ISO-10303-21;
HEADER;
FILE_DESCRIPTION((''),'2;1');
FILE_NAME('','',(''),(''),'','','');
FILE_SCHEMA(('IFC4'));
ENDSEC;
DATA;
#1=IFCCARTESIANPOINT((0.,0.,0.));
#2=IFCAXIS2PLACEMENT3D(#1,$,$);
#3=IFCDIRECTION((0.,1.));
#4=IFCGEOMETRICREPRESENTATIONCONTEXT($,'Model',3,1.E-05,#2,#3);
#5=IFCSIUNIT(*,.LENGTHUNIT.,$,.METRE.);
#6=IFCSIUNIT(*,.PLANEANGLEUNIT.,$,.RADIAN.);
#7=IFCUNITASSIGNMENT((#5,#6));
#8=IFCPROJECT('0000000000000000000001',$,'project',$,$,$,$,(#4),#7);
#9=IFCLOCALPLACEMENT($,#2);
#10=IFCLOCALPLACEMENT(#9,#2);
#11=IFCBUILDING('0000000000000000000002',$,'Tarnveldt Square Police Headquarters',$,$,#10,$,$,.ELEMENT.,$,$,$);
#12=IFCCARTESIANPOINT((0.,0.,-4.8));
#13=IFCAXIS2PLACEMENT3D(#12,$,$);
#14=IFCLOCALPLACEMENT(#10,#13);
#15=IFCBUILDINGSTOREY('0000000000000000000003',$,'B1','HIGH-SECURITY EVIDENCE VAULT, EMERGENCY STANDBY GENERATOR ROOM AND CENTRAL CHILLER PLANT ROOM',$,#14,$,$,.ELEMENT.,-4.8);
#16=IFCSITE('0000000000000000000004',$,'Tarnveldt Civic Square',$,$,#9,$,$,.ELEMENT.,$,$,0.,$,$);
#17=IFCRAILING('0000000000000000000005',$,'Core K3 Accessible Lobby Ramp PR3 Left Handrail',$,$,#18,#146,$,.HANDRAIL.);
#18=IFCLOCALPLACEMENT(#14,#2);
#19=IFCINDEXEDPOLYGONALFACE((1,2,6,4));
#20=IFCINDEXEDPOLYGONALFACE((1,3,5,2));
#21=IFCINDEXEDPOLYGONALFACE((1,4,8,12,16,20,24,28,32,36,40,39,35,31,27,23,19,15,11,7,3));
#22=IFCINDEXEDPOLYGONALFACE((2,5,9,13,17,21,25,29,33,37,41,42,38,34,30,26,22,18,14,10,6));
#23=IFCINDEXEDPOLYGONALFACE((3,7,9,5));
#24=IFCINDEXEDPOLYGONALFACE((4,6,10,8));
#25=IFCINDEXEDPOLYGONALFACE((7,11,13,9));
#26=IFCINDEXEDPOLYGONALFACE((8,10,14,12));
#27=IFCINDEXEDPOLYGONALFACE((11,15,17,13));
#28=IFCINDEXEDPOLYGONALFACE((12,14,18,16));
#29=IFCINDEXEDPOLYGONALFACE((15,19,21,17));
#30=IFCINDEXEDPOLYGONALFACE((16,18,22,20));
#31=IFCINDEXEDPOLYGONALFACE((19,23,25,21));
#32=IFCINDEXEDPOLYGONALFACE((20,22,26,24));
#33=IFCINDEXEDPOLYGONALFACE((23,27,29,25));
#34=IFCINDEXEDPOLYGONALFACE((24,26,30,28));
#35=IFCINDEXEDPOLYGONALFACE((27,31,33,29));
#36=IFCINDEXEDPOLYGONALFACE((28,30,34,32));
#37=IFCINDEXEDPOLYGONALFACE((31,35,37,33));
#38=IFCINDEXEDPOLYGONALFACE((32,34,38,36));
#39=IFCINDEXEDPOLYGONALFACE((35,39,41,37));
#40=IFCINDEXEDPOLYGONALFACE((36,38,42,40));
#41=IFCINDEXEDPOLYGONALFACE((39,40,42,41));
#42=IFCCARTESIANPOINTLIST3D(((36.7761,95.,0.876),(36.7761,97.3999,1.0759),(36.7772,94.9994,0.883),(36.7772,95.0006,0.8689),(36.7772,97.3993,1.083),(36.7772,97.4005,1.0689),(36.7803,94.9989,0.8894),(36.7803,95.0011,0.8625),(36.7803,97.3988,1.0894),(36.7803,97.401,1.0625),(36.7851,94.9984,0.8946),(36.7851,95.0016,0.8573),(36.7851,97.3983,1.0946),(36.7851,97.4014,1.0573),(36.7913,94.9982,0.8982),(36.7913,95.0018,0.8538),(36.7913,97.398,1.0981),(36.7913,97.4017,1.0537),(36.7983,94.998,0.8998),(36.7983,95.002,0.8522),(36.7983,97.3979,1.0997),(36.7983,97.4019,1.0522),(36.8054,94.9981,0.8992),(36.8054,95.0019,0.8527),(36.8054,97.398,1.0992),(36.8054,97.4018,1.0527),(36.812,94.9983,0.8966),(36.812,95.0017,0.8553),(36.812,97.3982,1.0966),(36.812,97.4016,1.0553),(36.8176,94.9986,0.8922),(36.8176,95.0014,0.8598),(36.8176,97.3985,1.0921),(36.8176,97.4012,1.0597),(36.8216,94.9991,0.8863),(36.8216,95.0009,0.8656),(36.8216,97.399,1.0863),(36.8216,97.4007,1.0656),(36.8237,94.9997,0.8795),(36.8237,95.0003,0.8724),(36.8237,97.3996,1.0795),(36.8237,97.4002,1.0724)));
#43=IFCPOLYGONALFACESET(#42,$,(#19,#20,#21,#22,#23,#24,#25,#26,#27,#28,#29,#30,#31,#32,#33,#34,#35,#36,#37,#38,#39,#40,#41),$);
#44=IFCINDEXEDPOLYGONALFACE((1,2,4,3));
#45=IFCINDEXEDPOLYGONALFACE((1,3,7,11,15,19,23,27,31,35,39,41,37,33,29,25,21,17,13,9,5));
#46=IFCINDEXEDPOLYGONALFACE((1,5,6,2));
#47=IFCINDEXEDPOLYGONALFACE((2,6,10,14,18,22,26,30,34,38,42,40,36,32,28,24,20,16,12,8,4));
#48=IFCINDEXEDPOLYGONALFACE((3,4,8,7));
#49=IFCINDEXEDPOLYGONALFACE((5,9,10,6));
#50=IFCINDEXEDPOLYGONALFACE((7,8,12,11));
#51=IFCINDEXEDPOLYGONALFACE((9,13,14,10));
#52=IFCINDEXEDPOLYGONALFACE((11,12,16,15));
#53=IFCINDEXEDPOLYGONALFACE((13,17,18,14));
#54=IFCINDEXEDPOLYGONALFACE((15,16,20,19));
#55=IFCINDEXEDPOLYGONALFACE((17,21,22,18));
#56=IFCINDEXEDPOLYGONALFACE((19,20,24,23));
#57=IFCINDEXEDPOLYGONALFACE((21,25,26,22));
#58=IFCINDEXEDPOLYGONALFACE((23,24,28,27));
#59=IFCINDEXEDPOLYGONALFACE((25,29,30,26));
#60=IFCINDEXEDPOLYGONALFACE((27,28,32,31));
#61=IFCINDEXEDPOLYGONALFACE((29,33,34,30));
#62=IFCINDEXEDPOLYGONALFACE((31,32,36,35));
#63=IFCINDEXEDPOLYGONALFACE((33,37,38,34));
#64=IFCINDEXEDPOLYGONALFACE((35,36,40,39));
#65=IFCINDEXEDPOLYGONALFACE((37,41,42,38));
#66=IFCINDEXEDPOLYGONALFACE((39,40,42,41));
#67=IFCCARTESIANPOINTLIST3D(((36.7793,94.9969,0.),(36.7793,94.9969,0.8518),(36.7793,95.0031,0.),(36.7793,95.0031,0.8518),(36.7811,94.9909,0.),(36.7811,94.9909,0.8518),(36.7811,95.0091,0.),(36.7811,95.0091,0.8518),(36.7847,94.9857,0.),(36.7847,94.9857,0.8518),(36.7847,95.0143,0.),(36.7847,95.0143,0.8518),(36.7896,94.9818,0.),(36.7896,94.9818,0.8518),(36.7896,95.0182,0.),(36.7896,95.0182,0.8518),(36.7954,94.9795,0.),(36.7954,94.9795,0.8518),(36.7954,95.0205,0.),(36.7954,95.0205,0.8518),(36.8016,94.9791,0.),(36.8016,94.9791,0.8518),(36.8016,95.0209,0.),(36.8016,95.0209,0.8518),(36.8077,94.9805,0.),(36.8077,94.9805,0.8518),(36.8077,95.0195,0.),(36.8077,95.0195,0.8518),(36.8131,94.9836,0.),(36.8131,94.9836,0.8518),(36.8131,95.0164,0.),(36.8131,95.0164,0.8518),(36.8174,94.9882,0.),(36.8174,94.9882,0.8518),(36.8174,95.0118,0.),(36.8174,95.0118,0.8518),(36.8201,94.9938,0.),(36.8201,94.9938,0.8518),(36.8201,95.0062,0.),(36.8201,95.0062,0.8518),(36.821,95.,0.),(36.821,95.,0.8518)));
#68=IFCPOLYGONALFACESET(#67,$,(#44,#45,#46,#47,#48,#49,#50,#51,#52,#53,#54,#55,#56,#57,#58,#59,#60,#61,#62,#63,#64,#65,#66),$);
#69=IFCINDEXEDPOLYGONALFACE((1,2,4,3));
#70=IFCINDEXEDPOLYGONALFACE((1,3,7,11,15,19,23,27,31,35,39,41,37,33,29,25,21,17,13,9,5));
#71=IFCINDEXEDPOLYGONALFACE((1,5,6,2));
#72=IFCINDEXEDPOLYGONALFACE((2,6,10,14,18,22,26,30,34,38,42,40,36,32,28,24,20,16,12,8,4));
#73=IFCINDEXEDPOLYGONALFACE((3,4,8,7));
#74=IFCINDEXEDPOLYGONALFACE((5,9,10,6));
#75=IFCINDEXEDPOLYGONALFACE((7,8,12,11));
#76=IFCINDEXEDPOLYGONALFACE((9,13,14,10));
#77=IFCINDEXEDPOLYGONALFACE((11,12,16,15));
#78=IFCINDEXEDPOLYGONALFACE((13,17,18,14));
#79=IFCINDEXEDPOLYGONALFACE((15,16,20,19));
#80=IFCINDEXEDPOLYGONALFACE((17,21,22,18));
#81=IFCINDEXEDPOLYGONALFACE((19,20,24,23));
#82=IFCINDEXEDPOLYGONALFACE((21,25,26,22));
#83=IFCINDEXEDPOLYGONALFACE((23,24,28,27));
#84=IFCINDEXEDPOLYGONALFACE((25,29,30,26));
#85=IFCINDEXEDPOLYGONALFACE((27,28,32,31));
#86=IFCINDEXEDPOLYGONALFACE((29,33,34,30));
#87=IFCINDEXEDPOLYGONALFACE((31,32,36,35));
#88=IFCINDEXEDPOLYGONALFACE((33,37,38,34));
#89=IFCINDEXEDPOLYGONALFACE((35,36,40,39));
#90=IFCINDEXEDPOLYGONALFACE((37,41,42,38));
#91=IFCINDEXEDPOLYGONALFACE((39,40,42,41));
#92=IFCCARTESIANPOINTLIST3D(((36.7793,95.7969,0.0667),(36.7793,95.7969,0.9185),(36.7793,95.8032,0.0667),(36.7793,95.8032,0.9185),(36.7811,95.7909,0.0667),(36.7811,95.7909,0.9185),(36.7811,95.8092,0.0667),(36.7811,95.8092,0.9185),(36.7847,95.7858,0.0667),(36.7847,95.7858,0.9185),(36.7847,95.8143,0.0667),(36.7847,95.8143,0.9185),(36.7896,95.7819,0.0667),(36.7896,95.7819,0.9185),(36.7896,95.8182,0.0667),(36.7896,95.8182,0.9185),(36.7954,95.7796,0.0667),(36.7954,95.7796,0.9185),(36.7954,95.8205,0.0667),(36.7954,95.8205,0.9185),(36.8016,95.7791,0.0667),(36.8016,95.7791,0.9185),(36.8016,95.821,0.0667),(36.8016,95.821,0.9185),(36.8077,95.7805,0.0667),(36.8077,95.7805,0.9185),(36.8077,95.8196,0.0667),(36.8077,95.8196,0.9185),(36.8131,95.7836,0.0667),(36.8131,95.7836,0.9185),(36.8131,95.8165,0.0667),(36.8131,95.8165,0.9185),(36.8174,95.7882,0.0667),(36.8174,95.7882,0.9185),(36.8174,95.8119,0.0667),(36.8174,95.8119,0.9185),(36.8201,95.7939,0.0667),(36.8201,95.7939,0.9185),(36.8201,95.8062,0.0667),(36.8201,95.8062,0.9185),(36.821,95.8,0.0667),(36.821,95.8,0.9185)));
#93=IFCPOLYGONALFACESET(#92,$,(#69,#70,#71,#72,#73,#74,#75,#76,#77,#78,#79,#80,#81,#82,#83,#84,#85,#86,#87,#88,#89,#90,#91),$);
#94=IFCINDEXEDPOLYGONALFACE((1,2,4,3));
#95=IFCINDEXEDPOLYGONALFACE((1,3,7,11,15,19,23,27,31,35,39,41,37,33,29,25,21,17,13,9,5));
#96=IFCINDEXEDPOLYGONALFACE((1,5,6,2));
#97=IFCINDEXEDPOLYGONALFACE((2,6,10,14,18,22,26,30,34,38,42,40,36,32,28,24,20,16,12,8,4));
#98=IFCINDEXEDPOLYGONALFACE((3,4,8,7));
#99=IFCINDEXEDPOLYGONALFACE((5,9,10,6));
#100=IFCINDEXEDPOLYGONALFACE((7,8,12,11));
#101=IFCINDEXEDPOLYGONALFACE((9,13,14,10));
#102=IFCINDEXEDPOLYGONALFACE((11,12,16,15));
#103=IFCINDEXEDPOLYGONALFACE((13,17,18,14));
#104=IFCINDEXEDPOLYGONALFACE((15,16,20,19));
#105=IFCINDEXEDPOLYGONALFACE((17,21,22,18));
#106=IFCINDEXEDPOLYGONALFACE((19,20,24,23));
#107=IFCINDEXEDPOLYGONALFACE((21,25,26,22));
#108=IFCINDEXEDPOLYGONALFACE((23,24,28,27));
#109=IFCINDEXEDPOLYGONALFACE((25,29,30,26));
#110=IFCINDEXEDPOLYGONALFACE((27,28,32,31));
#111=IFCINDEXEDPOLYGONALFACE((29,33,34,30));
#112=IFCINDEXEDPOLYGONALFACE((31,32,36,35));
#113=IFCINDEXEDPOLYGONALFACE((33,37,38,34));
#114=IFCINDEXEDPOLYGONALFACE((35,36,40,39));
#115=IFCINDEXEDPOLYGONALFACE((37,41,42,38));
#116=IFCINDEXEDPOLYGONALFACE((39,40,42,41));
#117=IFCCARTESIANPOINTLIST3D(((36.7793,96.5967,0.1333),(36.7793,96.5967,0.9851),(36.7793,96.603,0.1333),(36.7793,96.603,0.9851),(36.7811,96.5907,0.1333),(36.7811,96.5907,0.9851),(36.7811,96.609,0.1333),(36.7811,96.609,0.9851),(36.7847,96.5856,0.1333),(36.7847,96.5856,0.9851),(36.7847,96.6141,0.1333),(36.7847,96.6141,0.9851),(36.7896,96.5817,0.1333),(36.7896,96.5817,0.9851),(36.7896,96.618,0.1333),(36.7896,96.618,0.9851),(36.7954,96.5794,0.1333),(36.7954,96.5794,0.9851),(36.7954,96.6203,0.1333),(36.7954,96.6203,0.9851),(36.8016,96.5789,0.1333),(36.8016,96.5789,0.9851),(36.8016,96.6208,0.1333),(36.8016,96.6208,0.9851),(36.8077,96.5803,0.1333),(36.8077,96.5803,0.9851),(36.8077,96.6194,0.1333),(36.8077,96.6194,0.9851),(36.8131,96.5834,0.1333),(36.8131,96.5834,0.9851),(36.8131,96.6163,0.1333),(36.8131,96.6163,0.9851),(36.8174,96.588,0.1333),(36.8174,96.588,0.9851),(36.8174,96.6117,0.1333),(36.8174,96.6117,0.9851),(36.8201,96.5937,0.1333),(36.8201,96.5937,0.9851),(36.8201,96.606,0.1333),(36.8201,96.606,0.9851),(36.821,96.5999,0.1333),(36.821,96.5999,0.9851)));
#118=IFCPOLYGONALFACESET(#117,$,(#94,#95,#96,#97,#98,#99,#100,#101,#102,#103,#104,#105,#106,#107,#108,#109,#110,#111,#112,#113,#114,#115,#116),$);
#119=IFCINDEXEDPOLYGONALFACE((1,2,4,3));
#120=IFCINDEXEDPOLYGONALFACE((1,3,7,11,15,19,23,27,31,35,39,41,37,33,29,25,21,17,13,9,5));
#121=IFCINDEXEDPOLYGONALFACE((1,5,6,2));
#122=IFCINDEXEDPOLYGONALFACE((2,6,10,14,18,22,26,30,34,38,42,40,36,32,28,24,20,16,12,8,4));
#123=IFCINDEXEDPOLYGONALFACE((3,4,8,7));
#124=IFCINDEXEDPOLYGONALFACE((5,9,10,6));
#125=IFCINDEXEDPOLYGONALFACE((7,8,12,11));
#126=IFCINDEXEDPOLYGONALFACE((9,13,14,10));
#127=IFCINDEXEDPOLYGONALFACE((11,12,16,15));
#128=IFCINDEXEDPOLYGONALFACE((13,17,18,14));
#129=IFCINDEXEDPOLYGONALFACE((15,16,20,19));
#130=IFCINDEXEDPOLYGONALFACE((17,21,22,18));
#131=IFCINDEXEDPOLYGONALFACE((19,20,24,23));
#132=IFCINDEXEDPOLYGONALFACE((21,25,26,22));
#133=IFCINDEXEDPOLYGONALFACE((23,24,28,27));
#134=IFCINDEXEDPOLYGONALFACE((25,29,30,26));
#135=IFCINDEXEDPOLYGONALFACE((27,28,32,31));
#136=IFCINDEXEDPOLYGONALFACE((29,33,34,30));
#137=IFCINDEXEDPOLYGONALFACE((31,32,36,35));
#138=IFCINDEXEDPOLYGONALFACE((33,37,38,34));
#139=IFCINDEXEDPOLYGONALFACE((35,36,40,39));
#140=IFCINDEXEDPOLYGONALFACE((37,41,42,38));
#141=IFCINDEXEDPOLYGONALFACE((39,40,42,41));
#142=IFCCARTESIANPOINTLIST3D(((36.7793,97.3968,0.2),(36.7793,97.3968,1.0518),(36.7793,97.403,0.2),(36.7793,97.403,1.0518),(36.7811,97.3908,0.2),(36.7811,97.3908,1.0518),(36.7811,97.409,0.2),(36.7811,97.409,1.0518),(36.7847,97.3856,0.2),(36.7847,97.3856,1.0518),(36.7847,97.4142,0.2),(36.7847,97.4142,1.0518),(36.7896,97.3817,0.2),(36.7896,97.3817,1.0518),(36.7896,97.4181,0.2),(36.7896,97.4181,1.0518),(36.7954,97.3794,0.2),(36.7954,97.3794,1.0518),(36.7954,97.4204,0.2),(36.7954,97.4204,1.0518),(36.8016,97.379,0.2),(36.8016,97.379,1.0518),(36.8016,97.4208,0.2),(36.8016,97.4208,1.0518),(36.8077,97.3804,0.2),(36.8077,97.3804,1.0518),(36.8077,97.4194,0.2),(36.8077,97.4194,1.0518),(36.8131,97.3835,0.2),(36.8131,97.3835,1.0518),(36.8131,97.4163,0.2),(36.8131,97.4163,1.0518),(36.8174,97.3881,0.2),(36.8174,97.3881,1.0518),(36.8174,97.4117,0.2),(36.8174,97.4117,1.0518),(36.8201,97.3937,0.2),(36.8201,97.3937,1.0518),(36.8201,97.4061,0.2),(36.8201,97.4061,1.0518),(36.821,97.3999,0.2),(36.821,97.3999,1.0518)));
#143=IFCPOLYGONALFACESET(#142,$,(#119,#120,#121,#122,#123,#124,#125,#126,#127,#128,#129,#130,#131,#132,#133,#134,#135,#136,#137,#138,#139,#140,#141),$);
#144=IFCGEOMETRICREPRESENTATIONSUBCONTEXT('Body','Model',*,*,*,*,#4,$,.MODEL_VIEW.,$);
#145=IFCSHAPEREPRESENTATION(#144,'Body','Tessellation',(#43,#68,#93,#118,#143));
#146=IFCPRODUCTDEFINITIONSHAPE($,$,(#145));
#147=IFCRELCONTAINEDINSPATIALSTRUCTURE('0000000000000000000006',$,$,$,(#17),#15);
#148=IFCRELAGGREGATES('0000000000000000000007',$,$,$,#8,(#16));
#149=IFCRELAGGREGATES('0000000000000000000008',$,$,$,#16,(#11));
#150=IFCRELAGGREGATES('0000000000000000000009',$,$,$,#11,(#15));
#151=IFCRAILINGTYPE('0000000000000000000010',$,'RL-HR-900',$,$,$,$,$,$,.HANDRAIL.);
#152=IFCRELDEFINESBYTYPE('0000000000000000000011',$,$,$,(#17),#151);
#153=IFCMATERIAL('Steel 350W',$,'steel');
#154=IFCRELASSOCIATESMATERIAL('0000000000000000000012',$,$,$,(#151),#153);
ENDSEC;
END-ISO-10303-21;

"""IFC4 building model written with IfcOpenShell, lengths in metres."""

from ifc_helpers import new_model, si_unit, direction, frame, origin, origin_2d, place, context, subcontext, project, spatial, circle, extrude, material, type_object, element, save


model = new_model("IFC4")

# Units and contexts
model_context = context("Model", 3, precision=1e-05, world=origin(), true_north=direction((0.0, 1.0)))
body_context = subcontext(model_context, "Body", "Model", "MODEL_VIEW")
ifc_project = project(units=[si_unit("LENGTHUNIT", "METRE"), si_unit("PLANEANGLEUNIT", "RADIAN")], contexts=[model_context])

# Site, building, storey
site_placement = place(None, origin())
site = spatial("IfcSite", under=ifc_project, at=site_placement, Name="Tarnveldt Civic Square", CompositionType="ELEMENT", RefElevation=0.0)
building_placement = place(site_placement, origin())
building = spatial("IfcBuilding", under=site, at=building_placement, Name="Tarnveldt Square Police Headquarters", CompositionType="ELEMENT")
storey_placement = place(building_placement, frame((0.0, 0.0, -4.8)))
storey = spatial("IfcBuildingStorey", under=building, at=storey_placement, Name="B1", Description="HIGH-SECURITY EVIDENCE VAULT, EMERGENCY STANDBY GENERATOR ROOM AND CENTRAL CHILLER PLANT ROOM", CompositionType="ELEMENT", Elevation=-4.8)

# Shared definitions
ifc_material_1 = material(Name="Steel 350W", Category="steel")

# Railing
railing_type = type_object("IfcRailingType", Name="RL-HR-900", PredefinedType="HANDRAIL", material=ifc_material_1)
for number, where, name in (
    (1, (36.8, 95.0, 0.0), "Core K3 Accessible Lobby Ramp PR3 Left Handrail"),
):
    element("IfcRailing", number, at=place(storey_placement, frame(where)), inside=storey, type_object=railing_type, Name=name, PredefinedType="HANDRAIL", context=body_context, shape_type="SweptSolid", body=[
        extrude(circle(Radius=0.0239, at=origin_2d()), frame((0.0, 0.0, 0.876), z_axis=(0.0, 0.996547, 0.083029), x_axis=(-1.0, 0.0, 0.0)), (0.0, 0.0, 1.0), 2.4082),
        extrude(circle(Radius=0.021, at=origin_2d()), origin(), (0.0, 0.0, 1.0), 0.8518),
        extrude(circle(Radius=0.021, at=origin_2d()), frame((0.0, 0.8, 0.0667)), (0.0, 0.0, 1.0), 0.8518),
        extrude(circle(Radius=0.021, at=origin_2d()), frame((0.0, 1.5999, 0.1333)), (0.0, 0.0, 1.0), 0.8518),
        extrude(circle(Radius=0.021, at=origin_2d()), frame((0.0, 2.3999, 0.2)), (0.0, 0.0, 1.0), 0.8518),
    ])

save(model, "model.ifc")
